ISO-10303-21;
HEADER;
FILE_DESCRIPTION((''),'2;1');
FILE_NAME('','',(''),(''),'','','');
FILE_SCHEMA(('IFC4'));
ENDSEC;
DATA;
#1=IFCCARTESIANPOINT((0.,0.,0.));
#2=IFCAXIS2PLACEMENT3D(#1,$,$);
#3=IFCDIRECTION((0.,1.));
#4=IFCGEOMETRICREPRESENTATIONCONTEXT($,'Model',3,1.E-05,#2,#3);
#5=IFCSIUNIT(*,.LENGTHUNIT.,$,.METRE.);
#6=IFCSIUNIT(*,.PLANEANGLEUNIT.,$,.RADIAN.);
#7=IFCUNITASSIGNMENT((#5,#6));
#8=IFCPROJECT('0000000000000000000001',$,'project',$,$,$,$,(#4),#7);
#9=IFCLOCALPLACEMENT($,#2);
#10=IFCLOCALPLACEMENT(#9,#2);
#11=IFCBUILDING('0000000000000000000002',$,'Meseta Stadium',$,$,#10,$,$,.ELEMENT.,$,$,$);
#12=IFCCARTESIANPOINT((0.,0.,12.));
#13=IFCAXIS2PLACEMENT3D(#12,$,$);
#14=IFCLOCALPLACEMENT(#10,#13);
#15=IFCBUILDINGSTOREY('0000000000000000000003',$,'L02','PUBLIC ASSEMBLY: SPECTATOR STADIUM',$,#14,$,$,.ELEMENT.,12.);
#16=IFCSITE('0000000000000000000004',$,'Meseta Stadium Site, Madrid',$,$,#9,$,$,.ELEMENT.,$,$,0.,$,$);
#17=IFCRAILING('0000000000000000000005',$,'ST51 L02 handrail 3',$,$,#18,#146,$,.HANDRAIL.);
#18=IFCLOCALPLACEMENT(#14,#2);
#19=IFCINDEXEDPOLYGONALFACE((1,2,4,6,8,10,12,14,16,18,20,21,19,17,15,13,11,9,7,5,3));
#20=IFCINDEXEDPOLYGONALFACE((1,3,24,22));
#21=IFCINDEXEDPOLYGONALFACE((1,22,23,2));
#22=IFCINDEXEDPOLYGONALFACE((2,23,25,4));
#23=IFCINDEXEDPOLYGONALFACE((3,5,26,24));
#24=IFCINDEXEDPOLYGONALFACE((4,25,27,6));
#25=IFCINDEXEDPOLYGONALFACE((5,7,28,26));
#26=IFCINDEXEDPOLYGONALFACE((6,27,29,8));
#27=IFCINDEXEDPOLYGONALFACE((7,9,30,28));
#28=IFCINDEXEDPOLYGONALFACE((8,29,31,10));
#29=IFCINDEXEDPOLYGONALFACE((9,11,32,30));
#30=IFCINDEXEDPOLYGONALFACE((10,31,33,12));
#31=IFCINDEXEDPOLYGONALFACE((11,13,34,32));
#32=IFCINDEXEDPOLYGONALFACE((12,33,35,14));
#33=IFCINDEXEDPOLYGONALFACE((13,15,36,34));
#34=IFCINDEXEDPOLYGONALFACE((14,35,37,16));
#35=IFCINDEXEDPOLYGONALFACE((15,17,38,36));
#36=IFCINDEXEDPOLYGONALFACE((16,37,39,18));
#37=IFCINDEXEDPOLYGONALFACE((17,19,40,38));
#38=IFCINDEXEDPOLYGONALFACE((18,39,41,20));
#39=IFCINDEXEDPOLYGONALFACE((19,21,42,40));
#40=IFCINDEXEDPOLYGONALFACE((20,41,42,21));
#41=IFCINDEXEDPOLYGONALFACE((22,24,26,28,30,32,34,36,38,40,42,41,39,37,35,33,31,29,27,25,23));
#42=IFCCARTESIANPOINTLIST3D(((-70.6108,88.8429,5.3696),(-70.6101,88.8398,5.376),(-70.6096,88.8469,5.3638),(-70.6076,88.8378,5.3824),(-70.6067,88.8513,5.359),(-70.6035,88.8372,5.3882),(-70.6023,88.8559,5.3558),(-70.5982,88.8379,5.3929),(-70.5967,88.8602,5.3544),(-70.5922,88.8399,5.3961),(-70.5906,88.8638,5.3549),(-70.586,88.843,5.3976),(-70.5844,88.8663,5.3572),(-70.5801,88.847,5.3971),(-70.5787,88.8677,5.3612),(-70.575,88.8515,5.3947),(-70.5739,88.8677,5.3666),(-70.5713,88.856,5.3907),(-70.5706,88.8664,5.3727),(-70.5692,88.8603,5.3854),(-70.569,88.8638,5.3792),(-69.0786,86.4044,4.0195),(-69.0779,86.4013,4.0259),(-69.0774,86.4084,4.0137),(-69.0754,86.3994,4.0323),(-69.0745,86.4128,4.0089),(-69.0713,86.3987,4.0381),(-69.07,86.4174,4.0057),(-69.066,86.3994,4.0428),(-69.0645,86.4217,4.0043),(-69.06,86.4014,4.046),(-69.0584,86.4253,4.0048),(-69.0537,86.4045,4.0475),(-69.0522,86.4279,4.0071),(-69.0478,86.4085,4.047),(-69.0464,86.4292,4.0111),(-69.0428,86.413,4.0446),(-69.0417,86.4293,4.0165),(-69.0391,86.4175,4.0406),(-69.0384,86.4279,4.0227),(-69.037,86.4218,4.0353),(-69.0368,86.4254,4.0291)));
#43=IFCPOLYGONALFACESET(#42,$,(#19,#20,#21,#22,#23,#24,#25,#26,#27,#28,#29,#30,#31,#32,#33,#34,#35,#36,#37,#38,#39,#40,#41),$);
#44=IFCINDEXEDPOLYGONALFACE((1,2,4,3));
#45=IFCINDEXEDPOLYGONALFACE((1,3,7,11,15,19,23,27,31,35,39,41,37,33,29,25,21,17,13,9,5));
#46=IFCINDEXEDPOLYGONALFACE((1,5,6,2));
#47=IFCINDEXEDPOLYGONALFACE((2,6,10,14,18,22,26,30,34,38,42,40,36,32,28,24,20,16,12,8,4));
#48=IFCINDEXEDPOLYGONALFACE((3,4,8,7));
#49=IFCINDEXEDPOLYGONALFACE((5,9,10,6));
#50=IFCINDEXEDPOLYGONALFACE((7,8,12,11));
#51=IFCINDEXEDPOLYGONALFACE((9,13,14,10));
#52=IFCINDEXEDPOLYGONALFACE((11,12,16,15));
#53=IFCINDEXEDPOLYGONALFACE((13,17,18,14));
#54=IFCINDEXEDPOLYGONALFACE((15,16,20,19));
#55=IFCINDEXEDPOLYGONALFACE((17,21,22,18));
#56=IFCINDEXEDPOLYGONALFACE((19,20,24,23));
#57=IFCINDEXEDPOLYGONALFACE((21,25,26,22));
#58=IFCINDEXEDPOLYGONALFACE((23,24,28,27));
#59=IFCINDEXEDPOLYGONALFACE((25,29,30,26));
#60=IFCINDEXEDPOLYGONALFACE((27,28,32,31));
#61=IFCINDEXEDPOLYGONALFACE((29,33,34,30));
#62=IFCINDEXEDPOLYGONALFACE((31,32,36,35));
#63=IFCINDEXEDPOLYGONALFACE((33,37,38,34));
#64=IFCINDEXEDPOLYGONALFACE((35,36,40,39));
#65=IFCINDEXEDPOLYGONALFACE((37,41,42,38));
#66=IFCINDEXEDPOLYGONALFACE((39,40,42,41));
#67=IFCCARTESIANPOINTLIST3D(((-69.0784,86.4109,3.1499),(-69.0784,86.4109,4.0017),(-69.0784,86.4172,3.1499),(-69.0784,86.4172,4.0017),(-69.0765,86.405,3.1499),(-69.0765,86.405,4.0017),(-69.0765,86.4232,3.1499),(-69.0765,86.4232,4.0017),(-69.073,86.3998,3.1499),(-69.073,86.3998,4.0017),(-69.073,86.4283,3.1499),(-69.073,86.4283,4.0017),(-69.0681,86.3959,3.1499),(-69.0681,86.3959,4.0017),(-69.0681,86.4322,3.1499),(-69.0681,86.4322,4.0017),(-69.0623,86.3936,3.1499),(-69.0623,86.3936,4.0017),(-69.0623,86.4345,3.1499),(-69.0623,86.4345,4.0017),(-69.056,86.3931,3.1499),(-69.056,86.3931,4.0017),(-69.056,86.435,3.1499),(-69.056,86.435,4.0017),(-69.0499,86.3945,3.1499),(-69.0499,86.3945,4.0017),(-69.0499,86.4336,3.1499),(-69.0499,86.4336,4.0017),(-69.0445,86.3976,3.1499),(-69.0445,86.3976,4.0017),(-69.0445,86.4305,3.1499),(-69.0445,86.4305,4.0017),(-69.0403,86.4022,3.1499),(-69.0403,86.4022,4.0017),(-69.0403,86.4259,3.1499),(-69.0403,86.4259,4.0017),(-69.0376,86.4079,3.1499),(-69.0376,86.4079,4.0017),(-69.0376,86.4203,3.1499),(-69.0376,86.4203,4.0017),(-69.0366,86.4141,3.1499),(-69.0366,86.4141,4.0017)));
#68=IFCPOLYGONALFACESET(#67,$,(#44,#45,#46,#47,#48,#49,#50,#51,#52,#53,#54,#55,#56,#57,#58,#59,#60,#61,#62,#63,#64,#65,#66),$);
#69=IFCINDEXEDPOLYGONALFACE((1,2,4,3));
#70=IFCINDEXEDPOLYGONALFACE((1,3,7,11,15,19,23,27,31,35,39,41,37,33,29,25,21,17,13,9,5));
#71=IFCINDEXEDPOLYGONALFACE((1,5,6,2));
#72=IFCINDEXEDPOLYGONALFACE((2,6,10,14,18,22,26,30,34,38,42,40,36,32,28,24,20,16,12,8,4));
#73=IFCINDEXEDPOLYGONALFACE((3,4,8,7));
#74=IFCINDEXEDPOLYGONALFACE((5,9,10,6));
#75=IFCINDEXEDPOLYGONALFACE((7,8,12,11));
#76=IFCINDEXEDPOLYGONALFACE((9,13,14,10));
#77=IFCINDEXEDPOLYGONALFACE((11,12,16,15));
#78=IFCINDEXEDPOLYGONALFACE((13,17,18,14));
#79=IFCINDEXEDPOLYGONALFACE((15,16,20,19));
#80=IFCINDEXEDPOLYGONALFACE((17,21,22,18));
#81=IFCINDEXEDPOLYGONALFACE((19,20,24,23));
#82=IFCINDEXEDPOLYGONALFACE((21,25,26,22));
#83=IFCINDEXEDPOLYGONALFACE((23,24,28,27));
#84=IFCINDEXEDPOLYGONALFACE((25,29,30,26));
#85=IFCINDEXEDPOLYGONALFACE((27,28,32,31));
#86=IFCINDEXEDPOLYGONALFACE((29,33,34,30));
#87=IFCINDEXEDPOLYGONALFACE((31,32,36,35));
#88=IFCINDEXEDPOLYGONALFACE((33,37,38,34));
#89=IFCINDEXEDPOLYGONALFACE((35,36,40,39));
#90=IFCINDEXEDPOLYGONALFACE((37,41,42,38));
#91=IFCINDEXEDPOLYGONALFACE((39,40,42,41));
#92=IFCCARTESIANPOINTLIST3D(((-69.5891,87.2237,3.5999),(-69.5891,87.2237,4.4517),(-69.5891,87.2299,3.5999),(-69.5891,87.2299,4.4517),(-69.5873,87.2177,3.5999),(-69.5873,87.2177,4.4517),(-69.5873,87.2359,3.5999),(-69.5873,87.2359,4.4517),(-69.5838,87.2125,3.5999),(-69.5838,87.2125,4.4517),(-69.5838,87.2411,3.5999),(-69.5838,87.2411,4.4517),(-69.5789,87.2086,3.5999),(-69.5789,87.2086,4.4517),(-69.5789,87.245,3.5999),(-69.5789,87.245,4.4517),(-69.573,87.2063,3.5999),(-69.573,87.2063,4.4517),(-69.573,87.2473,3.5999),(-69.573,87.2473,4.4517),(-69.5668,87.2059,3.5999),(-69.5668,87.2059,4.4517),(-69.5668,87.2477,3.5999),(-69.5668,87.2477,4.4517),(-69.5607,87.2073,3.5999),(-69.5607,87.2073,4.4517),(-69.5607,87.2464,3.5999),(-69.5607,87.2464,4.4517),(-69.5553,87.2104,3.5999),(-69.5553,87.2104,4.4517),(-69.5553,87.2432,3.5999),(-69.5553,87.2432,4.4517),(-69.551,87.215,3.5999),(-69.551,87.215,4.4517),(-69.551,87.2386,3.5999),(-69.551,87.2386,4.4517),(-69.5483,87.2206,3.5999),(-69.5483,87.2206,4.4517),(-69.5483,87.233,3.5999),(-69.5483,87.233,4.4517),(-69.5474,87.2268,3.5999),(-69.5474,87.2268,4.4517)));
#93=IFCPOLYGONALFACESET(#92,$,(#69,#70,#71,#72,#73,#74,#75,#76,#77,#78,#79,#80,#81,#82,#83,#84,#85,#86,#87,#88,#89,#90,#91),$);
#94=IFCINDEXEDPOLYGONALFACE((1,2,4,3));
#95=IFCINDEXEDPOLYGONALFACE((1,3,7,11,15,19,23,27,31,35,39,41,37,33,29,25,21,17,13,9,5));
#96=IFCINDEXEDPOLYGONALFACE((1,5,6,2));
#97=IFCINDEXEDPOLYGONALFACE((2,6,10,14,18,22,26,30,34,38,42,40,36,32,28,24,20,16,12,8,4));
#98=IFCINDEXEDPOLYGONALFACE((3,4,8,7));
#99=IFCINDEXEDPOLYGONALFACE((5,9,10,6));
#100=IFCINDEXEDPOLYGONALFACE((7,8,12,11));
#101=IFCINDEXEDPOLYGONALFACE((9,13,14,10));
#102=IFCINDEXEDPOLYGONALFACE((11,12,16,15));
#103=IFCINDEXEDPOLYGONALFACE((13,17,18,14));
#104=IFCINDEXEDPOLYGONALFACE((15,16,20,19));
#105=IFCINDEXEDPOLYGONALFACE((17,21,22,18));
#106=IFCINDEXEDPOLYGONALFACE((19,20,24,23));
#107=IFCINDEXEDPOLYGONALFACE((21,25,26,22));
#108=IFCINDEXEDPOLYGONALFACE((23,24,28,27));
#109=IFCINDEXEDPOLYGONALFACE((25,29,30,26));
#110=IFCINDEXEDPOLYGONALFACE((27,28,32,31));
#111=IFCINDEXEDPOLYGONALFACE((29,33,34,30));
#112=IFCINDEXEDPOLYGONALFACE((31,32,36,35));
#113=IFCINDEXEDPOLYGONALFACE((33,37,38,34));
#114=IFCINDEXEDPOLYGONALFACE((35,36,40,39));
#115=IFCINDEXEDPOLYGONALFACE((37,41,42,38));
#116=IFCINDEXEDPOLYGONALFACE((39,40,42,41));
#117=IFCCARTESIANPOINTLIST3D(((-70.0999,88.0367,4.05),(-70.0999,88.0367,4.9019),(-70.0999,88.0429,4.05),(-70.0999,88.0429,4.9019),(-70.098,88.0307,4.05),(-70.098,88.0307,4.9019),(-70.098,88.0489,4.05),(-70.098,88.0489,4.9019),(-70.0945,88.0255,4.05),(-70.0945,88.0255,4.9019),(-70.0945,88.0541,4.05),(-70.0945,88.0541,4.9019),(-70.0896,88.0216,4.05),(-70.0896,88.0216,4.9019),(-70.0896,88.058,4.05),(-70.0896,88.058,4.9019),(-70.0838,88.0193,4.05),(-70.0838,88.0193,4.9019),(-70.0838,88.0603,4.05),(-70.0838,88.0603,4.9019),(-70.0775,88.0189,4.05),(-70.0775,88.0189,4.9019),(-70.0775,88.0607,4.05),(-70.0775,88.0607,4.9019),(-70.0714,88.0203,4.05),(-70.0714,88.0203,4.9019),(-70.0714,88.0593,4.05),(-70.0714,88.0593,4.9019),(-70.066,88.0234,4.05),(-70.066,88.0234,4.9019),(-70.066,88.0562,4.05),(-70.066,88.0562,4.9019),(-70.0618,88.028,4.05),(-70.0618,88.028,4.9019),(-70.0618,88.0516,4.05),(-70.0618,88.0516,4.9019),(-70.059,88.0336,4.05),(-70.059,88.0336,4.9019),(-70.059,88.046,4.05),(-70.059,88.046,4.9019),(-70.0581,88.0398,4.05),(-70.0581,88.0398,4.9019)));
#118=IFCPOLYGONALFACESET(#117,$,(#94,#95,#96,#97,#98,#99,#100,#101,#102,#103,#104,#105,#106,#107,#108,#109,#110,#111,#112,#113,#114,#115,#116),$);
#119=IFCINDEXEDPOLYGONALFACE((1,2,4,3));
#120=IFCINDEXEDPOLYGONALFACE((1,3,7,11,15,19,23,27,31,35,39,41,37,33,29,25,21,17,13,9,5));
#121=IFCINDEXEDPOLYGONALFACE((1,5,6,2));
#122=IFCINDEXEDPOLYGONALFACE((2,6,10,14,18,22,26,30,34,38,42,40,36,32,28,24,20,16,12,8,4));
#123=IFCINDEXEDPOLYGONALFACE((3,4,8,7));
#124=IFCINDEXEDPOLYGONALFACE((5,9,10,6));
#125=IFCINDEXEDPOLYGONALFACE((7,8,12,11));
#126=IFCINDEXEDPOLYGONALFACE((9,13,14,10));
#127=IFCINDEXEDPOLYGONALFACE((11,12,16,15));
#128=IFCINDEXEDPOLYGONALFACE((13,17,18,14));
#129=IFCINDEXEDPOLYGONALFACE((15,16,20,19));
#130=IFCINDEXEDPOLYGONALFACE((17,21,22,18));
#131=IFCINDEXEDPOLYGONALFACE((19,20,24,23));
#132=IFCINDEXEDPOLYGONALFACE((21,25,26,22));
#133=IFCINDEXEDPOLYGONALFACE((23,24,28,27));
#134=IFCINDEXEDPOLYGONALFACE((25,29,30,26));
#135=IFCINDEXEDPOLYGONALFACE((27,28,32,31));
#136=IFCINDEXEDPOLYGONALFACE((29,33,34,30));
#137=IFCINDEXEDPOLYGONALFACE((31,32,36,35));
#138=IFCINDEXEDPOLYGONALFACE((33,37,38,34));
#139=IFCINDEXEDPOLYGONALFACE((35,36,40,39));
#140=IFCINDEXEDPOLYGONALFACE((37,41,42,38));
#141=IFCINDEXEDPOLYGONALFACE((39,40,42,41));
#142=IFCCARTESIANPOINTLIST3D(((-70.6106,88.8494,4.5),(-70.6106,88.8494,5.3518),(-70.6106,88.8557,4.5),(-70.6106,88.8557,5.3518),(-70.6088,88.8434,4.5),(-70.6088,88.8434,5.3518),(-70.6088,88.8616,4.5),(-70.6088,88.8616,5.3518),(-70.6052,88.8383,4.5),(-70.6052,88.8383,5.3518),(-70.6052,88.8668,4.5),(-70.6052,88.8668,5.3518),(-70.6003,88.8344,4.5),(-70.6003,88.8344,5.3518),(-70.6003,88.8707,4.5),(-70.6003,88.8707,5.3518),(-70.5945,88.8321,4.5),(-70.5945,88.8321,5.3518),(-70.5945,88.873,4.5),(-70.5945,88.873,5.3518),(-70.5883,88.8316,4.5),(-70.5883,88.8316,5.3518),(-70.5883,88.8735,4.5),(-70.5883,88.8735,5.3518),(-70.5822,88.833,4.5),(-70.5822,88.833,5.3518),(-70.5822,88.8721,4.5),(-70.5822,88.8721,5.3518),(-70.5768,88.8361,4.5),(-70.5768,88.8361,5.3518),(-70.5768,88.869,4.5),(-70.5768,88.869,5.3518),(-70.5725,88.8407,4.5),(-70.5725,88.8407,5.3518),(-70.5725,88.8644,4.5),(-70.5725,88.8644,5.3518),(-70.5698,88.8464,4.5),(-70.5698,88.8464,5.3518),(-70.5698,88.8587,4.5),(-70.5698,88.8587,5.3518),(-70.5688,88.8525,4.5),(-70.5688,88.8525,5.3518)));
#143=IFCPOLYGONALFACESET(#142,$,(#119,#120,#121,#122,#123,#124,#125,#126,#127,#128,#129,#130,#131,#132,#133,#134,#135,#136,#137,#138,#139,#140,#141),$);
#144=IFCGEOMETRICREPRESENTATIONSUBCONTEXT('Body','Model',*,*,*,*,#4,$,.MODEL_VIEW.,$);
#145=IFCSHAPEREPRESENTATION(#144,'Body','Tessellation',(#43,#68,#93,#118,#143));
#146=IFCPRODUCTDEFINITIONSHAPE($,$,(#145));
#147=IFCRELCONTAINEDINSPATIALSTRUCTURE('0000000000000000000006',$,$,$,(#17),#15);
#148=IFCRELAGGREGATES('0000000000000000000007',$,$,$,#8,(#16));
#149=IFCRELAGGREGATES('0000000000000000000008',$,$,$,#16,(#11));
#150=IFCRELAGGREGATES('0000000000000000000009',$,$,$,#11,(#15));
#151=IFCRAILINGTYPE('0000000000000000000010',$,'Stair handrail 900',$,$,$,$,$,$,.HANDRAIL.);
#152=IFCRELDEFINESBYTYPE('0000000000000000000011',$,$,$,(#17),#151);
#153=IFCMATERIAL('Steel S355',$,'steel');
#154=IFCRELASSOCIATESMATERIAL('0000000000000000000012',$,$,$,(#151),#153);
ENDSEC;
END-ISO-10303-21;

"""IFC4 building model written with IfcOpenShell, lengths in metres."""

from ifc_helpers import new_model, si_unit, direction, frame, origin, origin_2d, place, context, subcontext, project, spatial, circle, extrude, material, type_object, element, save


model = new_model("IFC4")

# Units and contexts
model_context = context("Model", 3, precision=1e-05, world=origin(), true_north=direction((0.0, 1.0)))
body_context = subcontext(model_context, "Body", "Model", "MODEL_VIEW")
ifc_project = project(units=[si_unit("LENGTHUNIT", "METRE"), si_unit("PLANEANGLEUNIT", "RADIAN")], contexts=[model_context])

# Site, building, storey
site_placement = place(None, origin())
site = spatial("IfcSite", under=ifc_project, at=site_placement, Name="Meseta Stadium Site, Madrid", CompositionType="ELEMENT", RefElevation=0.0)
building_placement = place(site_placement, origin())
building = spatial("IfcBuilding", under=site, at=building_placement, Name="Meseta Stadium", CompositionType="ELEMENT")
storey_placement = place(building_placement, frame((0.0, 0.0, 12.0)))
storey = spatial("IfcBuildingStorey", under=building, at=storey_placement, Name="L02", Description="PUBLIC ASSEMBLY: SPECTATOR STADIUM", CompositionType="ELEMENT", Elevation=12.0)

# Railing
ifc_material_1 = material(Name="Steel S355", Category="steel")
railing_type_1 = type_object("IfcRailingType", Name="Stair handrail 900", PredefinedType="HANDRAIL", material=ifc_material_1)
for number, where, name in (
    (1, (-69.0576, 86.4141, 3.1499), "ST51 L02 handrail 3"),
):
    element("IfcRailing", number, at=place(storey_placement, frame(where)), inside=storey, type_object=railing_type_1, Name=name, PredefinedType="HANDRAIL", context=body_context, shape_type="SweptSolid", body=[
        extrude(circle(Radius=0.0239, at=origin_2d()), frame((0.0, 0.0, 0.876), z_axis=(-0.481731, 0.766655, 0.42447), x_axis=(-0.846719, -0.53204, 0.0)), (0.0, 0.0, 1.0), 3.1807),
        extrude(circle(Radius=0.021, at=origin_2d()), origin(), (0.0, 0.0, 1.0), 0.8518),
        extrude(circle(Radius=0.021, at=origin_2d()), frame((-0.5107, 0.8127, 0.45)), (0.0, 0.0, 1.0), 0.8518),
        extrude(circle(Radius=0.021, at=origin_2d()), frame((-1.0215, 1.6257, 0.9001)), (0.0, 0.0, 1.0), 0.8518),
        extrude(circle(Radius=0.021, at=origin_2d()), frame((-1.5322, 2.4385, 1.3501)), (0.0, 0.0, 1.0), 0.8518),
    ])

save(model, "model.ifc")
